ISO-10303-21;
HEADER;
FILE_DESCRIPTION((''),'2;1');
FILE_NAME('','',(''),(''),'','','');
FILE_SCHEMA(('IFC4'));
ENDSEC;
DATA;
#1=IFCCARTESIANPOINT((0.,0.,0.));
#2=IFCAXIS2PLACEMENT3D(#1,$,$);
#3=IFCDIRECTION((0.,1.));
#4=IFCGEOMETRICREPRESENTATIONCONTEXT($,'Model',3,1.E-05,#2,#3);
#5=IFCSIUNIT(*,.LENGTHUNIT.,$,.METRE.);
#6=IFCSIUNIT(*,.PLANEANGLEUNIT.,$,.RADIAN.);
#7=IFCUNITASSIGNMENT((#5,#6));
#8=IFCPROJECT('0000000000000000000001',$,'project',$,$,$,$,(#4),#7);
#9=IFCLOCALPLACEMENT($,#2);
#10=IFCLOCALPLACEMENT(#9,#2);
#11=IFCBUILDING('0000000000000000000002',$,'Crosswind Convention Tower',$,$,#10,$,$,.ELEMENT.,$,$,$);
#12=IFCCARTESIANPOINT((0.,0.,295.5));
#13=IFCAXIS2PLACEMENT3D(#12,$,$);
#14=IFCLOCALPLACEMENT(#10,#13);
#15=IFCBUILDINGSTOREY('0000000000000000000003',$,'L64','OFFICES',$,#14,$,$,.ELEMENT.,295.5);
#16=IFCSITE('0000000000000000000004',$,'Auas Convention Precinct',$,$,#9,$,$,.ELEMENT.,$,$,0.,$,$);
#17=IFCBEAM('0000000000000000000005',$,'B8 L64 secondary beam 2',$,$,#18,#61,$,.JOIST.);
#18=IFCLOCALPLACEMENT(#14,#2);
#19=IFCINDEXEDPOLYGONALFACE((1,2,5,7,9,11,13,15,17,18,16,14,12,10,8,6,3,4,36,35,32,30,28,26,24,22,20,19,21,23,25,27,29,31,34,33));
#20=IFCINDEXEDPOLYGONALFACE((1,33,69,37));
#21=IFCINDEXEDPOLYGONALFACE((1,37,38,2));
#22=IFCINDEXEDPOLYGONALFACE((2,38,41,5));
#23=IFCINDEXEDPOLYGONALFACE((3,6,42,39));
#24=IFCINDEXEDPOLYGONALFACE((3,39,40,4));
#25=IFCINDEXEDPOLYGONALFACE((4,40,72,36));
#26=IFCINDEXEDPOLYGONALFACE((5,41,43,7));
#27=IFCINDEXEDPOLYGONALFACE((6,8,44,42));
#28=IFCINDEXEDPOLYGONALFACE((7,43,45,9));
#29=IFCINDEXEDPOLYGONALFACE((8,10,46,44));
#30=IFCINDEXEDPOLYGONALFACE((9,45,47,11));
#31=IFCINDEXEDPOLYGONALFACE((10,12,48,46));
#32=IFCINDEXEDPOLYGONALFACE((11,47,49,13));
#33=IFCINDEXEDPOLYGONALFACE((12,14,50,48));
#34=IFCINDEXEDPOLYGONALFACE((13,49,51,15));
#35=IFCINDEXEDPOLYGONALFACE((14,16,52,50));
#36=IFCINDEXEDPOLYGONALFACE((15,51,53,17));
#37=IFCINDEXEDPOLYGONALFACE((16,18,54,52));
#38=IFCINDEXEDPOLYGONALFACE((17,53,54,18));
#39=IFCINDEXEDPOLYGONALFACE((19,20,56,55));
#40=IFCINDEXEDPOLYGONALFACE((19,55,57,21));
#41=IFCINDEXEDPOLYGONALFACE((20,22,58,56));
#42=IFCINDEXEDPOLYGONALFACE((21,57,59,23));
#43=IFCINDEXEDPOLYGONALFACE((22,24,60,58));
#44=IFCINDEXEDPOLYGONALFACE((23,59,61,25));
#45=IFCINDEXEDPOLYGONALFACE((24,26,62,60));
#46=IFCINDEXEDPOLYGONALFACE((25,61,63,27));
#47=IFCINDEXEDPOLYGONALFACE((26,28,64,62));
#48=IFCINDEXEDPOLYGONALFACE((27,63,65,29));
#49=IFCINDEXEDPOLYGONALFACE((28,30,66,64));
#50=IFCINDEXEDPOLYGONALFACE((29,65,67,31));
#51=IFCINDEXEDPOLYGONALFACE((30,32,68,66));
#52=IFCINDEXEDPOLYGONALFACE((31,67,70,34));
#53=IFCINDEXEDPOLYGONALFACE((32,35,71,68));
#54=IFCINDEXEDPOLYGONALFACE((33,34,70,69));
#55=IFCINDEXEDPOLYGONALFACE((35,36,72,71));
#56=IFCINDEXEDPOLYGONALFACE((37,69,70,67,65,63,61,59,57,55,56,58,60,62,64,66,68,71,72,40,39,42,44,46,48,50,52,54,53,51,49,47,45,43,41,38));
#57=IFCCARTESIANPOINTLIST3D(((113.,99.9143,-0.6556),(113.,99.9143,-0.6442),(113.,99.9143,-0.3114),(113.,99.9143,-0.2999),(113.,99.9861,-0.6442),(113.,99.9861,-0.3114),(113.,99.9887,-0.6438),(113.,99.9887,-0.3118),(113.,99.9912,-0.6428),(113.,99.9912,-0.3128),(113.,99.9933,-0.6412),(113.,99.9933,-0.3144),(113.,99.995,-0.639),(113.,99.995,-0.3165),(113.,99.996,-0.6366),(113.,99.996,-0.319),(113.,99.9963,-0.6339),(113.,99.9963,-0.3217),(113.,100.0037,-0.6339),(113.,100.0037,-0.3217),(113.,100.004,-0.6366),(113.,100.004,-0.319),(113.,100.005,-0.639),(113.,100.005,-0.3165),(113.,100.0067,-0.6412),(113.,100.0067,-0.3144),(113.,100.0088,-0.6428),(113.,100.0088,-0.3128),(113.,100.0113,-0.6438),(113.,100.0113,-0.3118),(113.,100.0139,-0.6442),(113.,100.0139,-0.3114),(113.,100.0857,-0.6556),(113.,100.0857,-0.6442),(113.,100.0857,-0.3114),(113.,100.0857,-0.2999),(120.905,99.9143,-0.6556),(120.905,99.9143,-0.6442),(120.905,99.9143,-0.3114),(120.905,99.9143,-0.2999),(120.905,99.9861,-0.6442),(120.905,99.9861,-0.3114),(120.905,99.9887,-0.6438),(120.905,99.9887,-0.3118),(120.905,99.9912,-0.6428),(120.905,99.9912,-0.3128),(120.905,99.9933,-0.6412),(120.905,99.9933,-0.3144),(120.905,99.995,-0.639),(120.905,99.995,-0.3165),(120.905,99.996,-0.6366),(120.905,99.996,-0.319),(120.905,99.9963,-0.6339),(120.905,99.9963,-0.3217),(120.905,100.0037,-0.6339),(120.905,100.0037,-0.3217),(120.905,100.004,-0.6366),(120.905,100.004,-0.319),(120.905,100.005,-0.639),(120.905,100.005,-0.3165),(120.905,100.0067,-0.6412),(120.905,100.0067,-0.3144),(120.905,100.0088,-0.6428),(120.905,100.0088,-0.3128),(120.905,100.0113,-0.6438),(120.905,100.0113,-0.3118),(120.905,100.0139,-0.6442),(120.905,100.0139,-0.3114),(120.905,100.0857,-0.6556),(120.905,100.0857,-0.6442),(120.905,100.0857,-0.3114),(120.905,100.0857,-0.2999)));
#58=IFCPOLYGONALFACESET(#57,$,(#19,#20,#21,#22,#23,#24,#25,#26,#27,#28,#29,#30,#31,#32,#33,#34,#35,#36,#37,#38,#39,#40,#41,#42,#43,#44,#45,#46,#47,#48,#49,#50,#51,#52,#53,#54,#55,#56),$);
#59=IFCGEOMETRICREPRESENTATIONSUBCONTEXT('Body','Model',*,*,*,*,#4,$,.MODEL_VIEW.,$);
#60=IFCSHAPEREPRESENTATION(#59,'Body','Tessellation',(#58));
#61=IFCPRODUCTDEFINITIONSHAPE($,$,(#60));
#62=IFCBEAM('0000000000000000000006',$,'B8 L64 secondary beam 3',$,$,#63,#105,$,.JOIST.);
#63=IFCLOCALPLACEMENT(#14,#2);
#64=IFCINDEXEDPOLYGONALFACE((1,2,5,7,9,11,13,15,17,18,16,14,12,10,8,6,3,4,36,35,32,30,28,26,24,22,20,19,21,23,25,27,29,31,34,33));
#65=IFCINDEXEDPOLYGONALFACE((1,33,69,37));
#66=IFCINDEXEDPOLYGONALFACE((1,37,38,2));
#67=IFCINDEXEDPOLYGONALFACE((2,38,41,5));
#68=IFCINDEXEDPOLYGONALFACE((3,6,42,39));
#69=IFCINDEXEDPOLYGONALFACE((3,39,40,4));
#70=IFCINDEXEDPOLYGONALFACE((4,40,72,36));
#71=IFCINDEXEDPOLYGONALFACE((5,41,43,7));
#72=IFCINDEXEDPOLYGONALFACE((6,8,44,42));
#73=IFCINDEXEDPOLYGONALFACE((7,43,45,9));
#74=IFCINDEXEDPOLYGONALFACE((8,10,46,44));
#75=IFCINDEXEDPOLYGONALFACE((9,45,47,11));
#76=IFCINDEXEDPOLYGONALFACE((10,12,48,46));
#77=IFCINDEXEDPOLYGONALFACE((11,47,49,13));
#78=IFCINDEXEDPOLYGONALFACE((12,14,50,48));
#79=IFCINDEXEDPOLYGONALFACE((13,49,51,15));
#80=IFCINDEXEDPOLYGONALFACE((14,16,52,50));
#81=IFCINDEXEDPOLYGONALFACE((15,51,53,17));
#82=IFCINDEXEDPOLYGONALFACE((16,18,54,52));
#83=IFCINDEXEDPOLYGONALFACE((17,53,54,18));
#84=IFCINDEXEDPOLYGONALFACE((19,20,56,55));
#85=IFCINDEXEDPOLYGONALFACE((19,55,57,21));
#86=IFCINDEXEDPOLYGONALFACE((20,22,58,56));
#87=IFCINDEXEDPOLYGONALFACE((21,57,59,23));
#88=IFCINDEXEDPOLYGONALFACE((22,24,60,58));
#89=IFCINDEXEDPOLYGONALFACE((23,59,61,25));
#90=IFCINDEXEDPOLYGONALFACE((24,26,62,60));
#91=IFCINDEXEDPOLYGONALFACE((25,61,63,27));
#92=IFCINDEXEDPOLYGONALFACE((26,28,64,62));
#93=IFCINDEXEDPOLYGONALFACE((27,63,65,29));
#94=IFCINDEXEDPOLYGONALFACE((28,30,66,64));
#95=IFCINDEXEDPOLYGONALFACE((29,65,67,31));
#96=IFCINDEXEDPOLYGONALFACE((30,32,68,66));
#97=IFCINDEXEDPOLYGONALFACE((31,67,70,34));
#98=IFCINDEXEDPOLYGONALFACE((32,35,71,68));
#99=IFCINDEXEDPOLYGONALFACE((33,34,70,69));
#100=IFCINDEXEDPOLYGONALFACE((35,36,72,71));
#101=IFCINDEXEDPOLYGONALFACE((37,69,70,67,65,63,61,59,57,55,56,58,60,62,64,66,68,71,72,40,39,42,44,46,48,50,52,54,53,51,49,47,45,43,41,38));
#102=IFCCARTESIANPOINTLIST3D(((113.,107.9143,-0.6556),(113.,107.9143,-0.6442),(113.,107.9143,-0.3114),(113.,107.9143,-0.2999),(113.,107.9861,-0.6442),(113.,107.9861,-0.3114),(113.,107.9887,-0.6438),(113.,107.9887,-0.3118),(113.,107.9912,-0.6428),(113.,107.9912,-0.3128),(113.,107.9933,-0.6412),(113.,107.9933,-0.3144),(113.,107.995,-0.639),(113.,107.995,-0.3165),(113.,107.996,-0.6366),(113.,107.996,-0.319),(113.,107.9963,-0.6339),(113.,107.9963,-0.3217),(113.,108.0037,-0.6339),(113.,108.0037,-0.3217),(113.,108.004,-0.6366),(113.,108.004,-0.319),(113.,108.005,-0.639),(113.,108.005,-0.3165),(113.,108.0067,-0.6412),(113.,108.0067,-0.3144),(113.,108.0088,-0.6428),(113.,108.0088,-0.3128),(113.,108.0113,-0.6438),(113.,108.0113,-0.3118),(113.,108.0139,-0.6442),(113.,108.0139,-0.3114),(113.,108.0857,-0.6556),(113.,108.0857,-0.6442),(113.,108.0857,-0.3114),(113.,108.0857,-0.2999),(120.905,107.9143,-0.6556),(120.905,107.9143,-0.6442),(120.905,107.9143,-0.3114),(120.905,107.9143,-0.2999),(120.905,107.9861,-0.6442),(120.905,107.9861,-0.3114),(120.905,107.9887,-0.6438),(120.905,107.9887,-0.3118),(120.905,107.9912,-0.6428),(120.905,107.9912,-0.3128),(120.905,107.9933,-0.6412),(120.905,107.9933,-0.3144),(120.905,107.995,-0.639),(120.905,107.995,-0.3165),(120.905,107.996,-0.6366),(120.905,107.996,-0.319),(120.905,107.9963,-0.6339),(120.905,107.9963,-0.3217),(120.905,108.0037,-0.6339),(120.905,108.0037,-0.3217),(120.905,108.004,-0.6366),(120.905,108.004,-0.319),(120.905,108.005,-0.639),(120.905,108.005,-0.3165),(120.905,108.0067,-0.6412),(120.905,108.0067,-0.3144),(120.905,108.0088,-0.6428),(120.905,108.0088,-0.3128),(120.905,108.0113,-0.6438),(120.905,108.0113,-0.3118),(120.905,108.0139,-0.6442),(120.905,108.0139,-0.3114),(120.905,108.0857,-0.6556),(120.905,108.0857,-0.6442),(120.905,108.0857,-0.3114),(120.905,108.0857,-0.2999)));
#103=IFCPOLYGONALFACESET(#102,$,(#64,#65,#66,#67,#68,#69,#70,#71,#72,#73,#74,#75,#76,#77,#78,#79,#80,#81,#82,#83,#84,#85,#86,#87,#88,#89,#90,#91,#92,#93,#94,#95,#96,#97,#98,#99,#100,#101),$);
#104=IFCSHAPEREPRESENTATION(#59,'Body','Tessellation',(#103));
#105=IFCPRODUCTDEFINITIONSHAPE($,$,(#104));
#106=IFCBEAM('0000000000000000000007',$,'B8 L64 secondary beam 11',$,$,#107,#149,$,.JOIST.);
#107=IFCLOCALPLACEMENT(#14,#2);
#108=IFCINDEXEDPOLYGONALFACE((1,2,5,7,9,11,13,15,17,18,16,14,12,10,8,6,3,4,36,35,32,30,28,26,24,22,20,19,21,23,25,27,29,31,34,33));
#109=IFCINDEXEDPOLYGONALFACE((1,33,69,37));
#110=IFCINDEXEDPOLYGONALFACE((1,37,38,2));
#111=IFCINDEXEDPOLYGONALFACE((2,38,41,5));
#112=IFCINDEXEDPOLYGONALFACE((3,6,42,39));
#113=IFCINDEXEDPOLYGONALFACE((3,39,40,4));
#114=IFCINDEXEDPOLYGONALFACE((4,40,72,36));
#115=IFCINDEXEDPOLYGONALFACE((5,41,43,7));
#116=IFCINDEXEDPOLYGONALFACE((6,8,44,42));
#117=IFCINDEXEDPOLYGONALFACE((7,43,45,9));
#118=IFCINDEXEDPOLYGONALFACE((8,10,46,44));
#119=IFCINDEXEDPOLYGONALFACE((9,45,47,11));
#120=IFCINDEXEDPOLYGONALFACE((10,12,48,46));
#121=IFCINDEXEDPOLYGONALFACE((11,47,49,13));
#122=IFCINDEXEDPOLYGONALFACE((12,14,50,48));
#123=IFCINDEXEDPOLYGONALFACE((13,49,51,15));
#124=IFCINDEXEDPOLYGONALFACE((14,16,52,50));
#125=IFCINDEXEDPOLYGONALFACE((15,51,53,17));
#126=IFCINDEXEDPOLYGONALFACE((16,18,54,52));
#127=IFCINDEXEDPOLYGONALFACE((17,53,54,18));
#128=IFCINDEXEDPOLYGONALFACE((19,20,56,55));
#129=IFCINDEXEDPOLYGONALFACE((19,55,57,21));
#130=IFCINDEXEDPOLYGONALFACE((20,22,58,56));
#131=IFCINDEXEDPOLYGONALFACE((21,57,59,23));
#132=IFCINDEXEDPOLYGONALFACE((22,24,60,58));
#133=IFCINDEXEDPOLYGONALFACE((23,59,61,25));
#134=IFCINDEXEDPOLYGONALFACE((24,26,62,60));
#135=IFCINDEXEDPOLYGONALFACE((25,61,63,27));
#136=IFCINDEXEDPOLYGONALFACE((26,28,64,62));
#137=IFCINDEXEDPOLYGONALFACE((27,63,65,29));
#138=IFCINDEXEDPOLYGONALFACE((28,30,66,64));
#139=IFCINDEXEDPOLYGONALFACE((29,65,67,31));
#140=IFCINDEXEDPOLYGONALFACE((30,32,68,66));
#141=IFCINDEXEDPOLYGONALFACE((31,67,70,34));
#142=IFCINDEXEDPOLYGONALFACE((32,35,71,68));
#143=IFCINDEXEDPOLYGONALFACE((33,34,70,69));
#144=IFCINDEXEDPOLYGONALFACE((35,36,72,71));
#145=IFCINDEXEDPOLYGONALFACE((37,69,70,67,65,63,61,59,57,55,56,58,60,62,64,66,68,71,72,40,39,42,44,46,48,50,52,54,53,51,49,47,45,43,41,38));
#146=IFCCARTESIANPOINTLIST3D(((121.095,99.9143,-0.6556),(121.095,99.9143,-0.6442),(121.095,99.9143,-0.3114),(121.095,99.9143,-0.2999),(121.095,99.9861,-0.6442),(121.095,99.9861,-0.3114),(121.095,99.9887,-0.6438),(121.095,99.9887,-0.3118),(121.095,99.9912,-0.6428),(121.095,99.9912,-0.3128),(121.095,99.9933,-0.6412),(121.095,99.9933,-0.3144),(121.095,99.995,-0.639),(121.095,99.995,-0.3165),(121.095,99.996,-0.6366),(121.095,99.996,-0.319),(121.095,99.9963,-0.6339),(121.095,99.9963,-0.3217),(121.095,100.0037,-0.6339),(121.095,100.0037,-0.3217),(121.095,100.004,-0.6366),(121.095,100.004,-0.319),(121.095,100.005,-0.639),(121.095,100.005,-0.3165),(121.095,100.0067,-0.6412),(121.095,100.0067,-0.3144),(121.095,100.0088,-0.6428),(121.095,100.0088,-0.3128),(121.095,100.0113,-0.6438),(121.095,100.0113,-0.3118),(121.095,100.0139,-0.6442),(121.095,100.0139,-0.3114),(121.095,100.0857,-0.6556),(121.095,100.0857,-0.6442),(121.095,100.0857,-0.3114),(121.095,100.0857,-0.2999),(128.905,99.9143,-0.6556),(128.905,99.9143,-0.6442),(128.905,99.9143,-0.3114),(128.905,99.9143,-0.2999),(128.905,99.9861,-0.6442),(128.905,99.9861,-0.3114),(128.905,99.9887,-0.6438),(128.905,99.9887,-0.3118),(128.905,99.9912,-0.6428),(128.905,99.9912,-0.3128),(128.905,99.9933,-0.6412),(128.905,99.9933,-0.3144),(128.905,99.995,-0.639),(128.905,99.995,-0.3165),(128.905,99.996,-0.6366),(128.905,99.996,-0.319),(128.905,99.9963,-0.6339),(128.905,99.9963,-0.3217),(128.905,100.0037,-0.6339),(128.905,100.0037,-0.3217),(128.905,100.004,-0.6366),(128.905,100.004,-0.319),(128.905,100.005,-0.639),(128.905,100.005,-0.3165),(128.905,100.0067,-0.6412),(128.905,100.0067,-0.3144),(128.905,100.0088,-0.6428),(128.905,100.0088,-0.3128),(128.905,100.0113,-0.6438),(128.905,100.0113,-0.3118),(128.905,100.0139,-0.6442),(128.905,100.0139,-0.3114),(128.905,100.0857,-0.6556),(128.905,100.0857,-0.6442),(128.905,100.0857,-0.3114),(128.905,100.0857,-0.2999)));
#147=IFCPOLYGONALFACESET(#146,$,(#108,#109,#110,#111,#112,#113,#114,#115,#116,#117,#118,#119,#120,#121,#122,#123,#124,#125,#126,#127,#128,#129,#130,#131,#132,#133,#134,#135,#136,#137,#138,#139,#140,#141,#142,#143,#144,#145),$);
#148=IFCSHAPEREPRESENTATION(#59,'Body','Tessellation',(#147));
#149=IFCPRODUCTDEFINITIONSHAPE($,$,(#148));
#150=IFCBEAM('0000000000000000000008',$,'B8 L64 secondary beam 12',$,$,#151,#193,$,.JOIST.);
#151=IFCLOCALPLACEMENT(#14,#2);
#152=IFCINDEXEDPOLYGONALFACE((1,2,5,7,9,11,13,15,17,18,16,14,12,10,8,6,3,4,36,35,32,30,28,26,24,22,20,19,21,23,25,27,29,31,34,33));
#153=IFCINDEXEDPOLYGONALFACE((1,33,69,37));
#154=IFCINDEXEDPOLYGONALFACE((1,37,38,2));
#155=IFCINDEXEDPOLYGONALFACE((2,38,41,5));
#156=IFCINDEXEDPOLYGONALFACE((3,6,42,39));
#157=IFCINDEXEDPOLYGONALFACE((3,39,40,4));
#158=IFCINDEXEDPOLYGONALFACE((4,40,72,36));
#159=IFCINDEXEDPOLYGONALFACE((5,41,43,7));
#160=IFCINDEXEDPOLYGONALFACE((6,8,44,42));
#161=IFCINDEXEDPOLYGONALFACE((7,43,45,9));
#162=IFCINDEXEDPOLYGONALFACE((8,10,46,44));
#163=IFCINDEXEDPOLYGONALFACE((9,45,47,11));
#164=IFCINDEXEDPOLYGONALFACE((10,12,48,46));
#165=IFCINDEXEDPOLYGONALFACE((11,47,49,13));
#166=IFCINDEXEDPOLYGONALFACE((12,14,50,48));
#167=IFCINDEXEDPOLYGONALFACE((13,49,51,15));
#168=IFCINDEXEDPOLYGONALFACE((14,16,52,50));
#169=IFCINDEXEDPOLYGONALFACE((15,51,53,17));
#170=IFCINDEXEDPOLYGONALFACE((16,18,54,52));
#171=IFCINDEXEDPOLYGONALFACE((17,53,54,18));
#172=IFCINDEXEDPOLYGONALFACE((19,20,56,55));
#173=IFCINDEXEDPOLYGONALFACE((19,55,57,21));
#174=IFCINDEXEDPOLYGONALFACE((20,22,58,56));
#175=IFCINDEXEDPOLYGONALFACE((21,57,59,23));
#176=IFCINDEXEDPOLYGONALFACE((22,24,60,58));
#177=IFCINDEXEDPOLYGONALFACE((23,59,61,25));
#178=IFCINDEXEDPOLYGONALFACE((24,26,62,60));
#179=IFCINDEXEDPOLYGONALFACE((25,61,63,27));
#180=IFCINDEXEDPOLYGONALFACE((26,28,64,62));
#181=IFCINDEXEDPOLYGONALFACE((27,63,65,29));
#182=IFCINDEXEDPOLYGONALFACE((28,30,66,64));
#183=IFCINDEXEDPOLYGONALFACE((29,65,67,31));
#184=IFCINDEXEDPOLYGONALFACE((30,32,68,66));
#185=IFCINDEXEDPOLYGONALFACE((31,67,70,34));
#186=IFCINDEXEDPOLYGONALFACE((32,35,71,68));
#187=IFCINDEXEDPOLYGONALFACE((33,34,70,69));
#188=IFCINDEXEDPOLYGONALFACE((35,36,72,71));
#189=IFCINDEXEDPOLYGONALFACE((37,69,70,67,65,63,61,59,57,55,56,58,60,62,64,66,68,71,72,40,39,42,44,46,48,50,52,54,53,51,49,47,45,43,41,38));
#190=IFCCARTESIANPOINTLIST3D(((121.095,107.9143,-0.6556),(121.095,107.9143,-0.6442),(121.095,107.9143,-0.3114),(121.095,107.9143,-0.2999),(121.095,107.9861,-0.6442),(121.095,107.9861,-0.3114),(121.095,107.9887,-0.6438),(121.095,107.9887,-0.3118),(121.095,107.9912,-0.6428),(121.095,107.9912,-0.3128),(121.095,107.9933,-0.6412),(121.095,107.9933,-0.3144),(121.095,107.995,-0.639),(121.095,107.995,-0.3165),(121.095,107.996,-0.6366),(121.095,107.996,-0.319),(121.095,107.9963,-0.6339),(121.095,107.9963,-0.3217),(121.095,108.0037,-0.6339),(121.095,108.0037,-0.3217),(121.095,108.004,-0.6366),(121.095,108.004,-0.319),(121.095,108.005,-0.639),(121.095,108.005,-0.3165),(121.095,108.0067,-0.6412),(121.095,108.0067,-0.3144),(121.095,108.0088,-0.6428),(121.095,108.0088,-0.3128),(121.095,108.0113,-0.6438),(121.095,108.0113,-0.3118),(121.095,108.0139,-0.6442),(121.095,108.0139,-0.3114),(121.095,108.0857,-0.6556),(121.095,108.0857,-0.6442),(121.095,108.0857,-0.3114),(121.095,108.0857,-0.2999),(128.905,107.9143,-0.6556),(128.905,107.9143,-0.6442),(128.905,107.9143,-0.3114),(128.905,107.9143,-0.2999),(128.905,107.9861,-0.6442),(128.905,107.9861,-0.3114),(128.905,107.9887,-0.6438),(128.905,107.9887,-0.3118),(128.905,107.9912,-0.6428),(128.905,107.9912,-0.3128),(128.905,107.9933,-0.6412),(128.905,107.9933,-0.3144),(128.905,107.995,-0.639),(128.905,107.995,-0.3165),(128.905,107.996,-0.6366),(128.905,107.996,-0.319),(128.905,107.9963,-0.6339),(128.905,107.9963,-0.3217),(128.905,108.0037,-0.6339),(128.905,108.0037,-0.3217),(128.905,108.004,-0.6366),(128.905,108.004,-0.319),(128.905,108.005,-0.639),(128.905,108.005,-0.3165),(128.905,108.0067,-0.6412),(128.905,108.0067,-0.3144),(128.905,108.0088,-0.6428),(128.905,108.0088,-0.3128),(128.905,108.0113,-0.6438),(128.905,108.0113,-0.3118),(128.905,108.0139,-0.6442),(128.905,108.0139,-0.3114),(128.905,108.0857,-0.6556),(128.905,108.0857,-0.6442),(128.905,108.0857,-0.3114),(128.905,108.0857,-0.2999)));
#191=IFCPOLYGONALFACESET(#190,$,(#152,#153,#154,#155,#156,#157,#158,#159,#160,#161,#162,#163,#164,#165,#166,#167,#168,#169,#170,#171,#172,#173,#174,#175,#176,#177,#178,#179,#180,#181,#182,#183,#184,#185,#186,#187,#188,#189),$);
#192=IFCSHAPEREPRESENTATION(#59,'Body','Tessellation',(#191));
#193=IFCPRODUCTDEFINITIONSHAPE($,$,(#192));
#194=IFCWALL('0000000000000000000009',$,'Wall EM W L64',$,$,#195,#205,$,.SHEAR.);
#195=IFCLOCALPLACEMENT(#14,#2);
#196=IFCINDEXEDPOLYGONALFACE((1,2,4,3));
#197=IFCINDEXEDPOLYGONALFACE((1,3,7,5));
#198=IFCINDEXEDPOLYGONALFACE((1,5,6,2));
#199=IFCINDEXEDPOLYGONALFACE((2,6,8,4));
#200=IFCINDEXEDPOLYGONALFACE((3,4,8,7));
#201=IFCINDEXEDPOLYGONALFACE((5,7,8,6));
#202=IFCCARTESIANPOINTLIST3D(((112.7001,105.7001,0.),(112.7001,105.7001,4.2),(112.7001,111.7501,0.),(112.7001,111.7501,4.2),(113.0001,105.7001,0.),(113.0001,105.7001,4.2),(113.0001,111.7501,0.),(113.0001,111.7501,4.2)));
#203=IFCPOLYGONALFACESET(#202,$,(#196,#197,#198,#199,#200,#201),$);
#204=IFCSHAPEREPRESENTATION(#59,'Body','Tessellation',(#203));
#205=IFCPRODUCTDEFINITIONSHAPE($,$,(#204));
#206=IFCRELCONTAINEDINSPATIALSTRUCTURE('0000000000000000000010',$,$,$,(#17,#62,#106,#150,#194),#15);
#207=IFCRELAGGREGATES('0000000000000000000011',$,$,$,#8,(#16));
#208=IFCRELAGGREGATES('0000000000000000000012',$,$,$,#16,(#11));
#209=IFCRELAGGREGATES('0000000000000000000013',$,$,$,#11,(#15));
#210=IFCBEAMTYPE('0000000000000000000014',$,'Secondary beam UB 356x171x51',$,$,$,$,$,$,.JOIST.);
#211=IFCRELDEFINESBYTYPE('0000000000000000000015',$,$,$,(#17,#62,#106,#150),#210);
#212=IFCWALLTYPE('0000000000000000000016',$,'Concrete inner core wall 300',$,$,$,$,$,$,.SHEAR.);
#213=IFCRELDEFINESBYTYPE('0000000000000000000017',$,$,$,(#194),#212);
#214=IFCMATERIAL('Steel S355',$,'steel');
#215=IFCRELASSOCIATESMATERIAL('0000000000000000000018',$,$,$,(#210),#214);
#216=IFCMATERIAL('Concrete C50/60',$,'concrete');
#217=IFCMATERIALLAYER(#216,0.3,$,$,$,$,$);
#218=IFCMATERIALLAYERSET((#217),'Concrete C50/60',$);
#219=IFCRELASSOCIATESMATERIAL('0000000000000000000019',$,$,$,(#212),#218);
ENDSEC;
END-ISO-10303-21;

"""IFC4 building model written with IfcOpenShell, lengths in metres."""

from ifc_helpers import new_model, si_unit, direction, frame, frame_2d, origin, origin_2d, place, context, subcontext, project, spatial, rectangle, i_section, extrude, material, layer, layer_set, material_profile, profile_set, type_object, element, save


model = new_model("IFC4")

# Units and contexts
model_context = context("Model", 3, precision=1e-05, world=origin(), true_north=direction((0.0, 1.0)))
body_context = subcontext(model_context, "Body", "Model", "MODEL_VIEW")
ifc_project = project(units=[si_unit("LENGTHUNIT", "METRE"), si_unit("PLANEANGLEUNIT", "RADIAN")], contexts=[model_context])

# Site, building, storey
site_placement = place(None, origin())
site = spatial("IfcSite", under=ifc_project, at=site_placement, Name="Auas Convention Precinct", CompositionType="ELEMENT", RefElevation=0.0)
building_placement = place(site_placement, origin())
building = spatial("IfcBuilding", under=site, at=building_placement, Name="Crosswind Convention Tower", CompositionType="ELEMENT")
storey_placement = place(building_placement, frame((0.0, 0.0, 295.5)))
storey = spatial("IfcBuildingStorey", under=building, at=storey_placement, Name="L64", Description="OFFICES", CompositionType="ELEMENT", Elevation=295.5)

# Beams
ifc_material_1 = material(Name="Steel S355", Category="steel")
ifc_material_profile_1 = material_profile(ifc_material_1, i_section(OverallWidth=0.1714, OverallDepth=0.3557, WebThickness=0.0073, FlangeThickness=0.0115, FilletRadius=0.0103, at=origin_2d()), Name="UB 356x171x51")
ifc_profile_set_1 = profile_set([ifc_material_profile_1], Name="Steel S355")
beam_type_1 = type_object("IfcBeamType", Name="Secondary beam UB 356x171x51", PredefinedType="JOIST", material=ifc_profile_set_1)
for number, where, z_axis, x_axis, name in (
    (1, (113.0, 100.0, -0.4778), (1.0, 0.0, 0.0), (0.0, 1.0, 0.0), "B8 L64 secondary beam 2"),
    (2, (113.0, 108.0, -0.4778), (1.0, 0.0, 0.0), (0.0, 1.0, 0.0), "B8 L64 secondary beam 3"),
):
    element("IfcBeam", number, at=place(storey_placement, frame(where, z_axis=z_axis, x_axis=x_axis)), inside=storey, type_object=beam_type_1, Name=name, PredefinedType="JOIST", context=body_context, shape_type="SweptSolid", body=[
        extrude(i_section(OverallWidth=0.1714, OverallDepth=0.3557, WebThickness=0.0073, FlangeThickness=0.0115, FilletRadius=0.0103, at=origin_2d()), origin(), (0.0, 0.0, 1.0), 7.905),
    ])
for number, where, z_axis, x_axis, name in (
    (3, (121.095, 100.0, -0.4778), (1.0, 0.0, 0.0), (0.0, 1.0, 0.0), "B8 L64 secondary beam 11"),
    (4, (121.095, 108.0, -0.4778), (1.0, 0.0, 0.0), (0.0, 1.0, 0.0), "B8 L64 secondary beam 12"),
):
    element("IfcBeam", number, at=place(storey_placement, frame(where, z_axis=z_axis, x_axis=x_axis)), inside=storey, type_object=beam_type_1, Name=name, PredefinedType="JOIST", context=body_context, shape_type="SweptSolid", body=[
        extrude(i_section(OverallWidth=0.1714, OverallDepth=0.3557, WebThickness=0.0073, FlangeThickness=0.0115, FilletRadius=0.0103, at=origin_2d()), origin(), (0.0, 0.0, 1.0), 7.8101),
    ])

# Shared definitions
ifc_material_2 = material(Name="Concrete C50/60", Category="concrete")
ifc_layer_1 = layer(ifc_material_2, 0.3)
ifc_layer_set_1 = layer_set([ifc_layer_1], Name="Concrete C50/60")
wall_type_1 = type_object("IfcWallType", Name="Concrete inner core wall 300", PredefinedType="SHEAR", material=ifc_layer_set_1)

# Wall
wall_1_placement = place(storey_placement, frame((112.8501, 111.75, 0.0), z_axis=(0.0, 0.0, 1.0), x_axis=(0.0, -1.0, 0.0)))
element("IfcWall", 5, at=wall_1_placement, inside=storey, type_object=wall_type_1, Name="Wall EM W L64", PredefinedType="SHEAR", context=body_context, shape_type="SweptSolid", body=[
    extrude(rectangle(XDim=6.05, YDim=0.3, at=frame_2d((3.0249, 0.0))), origin(), (0.0, 0.0, 1.0), 4.2),
])

save(model, "model.ifc")
